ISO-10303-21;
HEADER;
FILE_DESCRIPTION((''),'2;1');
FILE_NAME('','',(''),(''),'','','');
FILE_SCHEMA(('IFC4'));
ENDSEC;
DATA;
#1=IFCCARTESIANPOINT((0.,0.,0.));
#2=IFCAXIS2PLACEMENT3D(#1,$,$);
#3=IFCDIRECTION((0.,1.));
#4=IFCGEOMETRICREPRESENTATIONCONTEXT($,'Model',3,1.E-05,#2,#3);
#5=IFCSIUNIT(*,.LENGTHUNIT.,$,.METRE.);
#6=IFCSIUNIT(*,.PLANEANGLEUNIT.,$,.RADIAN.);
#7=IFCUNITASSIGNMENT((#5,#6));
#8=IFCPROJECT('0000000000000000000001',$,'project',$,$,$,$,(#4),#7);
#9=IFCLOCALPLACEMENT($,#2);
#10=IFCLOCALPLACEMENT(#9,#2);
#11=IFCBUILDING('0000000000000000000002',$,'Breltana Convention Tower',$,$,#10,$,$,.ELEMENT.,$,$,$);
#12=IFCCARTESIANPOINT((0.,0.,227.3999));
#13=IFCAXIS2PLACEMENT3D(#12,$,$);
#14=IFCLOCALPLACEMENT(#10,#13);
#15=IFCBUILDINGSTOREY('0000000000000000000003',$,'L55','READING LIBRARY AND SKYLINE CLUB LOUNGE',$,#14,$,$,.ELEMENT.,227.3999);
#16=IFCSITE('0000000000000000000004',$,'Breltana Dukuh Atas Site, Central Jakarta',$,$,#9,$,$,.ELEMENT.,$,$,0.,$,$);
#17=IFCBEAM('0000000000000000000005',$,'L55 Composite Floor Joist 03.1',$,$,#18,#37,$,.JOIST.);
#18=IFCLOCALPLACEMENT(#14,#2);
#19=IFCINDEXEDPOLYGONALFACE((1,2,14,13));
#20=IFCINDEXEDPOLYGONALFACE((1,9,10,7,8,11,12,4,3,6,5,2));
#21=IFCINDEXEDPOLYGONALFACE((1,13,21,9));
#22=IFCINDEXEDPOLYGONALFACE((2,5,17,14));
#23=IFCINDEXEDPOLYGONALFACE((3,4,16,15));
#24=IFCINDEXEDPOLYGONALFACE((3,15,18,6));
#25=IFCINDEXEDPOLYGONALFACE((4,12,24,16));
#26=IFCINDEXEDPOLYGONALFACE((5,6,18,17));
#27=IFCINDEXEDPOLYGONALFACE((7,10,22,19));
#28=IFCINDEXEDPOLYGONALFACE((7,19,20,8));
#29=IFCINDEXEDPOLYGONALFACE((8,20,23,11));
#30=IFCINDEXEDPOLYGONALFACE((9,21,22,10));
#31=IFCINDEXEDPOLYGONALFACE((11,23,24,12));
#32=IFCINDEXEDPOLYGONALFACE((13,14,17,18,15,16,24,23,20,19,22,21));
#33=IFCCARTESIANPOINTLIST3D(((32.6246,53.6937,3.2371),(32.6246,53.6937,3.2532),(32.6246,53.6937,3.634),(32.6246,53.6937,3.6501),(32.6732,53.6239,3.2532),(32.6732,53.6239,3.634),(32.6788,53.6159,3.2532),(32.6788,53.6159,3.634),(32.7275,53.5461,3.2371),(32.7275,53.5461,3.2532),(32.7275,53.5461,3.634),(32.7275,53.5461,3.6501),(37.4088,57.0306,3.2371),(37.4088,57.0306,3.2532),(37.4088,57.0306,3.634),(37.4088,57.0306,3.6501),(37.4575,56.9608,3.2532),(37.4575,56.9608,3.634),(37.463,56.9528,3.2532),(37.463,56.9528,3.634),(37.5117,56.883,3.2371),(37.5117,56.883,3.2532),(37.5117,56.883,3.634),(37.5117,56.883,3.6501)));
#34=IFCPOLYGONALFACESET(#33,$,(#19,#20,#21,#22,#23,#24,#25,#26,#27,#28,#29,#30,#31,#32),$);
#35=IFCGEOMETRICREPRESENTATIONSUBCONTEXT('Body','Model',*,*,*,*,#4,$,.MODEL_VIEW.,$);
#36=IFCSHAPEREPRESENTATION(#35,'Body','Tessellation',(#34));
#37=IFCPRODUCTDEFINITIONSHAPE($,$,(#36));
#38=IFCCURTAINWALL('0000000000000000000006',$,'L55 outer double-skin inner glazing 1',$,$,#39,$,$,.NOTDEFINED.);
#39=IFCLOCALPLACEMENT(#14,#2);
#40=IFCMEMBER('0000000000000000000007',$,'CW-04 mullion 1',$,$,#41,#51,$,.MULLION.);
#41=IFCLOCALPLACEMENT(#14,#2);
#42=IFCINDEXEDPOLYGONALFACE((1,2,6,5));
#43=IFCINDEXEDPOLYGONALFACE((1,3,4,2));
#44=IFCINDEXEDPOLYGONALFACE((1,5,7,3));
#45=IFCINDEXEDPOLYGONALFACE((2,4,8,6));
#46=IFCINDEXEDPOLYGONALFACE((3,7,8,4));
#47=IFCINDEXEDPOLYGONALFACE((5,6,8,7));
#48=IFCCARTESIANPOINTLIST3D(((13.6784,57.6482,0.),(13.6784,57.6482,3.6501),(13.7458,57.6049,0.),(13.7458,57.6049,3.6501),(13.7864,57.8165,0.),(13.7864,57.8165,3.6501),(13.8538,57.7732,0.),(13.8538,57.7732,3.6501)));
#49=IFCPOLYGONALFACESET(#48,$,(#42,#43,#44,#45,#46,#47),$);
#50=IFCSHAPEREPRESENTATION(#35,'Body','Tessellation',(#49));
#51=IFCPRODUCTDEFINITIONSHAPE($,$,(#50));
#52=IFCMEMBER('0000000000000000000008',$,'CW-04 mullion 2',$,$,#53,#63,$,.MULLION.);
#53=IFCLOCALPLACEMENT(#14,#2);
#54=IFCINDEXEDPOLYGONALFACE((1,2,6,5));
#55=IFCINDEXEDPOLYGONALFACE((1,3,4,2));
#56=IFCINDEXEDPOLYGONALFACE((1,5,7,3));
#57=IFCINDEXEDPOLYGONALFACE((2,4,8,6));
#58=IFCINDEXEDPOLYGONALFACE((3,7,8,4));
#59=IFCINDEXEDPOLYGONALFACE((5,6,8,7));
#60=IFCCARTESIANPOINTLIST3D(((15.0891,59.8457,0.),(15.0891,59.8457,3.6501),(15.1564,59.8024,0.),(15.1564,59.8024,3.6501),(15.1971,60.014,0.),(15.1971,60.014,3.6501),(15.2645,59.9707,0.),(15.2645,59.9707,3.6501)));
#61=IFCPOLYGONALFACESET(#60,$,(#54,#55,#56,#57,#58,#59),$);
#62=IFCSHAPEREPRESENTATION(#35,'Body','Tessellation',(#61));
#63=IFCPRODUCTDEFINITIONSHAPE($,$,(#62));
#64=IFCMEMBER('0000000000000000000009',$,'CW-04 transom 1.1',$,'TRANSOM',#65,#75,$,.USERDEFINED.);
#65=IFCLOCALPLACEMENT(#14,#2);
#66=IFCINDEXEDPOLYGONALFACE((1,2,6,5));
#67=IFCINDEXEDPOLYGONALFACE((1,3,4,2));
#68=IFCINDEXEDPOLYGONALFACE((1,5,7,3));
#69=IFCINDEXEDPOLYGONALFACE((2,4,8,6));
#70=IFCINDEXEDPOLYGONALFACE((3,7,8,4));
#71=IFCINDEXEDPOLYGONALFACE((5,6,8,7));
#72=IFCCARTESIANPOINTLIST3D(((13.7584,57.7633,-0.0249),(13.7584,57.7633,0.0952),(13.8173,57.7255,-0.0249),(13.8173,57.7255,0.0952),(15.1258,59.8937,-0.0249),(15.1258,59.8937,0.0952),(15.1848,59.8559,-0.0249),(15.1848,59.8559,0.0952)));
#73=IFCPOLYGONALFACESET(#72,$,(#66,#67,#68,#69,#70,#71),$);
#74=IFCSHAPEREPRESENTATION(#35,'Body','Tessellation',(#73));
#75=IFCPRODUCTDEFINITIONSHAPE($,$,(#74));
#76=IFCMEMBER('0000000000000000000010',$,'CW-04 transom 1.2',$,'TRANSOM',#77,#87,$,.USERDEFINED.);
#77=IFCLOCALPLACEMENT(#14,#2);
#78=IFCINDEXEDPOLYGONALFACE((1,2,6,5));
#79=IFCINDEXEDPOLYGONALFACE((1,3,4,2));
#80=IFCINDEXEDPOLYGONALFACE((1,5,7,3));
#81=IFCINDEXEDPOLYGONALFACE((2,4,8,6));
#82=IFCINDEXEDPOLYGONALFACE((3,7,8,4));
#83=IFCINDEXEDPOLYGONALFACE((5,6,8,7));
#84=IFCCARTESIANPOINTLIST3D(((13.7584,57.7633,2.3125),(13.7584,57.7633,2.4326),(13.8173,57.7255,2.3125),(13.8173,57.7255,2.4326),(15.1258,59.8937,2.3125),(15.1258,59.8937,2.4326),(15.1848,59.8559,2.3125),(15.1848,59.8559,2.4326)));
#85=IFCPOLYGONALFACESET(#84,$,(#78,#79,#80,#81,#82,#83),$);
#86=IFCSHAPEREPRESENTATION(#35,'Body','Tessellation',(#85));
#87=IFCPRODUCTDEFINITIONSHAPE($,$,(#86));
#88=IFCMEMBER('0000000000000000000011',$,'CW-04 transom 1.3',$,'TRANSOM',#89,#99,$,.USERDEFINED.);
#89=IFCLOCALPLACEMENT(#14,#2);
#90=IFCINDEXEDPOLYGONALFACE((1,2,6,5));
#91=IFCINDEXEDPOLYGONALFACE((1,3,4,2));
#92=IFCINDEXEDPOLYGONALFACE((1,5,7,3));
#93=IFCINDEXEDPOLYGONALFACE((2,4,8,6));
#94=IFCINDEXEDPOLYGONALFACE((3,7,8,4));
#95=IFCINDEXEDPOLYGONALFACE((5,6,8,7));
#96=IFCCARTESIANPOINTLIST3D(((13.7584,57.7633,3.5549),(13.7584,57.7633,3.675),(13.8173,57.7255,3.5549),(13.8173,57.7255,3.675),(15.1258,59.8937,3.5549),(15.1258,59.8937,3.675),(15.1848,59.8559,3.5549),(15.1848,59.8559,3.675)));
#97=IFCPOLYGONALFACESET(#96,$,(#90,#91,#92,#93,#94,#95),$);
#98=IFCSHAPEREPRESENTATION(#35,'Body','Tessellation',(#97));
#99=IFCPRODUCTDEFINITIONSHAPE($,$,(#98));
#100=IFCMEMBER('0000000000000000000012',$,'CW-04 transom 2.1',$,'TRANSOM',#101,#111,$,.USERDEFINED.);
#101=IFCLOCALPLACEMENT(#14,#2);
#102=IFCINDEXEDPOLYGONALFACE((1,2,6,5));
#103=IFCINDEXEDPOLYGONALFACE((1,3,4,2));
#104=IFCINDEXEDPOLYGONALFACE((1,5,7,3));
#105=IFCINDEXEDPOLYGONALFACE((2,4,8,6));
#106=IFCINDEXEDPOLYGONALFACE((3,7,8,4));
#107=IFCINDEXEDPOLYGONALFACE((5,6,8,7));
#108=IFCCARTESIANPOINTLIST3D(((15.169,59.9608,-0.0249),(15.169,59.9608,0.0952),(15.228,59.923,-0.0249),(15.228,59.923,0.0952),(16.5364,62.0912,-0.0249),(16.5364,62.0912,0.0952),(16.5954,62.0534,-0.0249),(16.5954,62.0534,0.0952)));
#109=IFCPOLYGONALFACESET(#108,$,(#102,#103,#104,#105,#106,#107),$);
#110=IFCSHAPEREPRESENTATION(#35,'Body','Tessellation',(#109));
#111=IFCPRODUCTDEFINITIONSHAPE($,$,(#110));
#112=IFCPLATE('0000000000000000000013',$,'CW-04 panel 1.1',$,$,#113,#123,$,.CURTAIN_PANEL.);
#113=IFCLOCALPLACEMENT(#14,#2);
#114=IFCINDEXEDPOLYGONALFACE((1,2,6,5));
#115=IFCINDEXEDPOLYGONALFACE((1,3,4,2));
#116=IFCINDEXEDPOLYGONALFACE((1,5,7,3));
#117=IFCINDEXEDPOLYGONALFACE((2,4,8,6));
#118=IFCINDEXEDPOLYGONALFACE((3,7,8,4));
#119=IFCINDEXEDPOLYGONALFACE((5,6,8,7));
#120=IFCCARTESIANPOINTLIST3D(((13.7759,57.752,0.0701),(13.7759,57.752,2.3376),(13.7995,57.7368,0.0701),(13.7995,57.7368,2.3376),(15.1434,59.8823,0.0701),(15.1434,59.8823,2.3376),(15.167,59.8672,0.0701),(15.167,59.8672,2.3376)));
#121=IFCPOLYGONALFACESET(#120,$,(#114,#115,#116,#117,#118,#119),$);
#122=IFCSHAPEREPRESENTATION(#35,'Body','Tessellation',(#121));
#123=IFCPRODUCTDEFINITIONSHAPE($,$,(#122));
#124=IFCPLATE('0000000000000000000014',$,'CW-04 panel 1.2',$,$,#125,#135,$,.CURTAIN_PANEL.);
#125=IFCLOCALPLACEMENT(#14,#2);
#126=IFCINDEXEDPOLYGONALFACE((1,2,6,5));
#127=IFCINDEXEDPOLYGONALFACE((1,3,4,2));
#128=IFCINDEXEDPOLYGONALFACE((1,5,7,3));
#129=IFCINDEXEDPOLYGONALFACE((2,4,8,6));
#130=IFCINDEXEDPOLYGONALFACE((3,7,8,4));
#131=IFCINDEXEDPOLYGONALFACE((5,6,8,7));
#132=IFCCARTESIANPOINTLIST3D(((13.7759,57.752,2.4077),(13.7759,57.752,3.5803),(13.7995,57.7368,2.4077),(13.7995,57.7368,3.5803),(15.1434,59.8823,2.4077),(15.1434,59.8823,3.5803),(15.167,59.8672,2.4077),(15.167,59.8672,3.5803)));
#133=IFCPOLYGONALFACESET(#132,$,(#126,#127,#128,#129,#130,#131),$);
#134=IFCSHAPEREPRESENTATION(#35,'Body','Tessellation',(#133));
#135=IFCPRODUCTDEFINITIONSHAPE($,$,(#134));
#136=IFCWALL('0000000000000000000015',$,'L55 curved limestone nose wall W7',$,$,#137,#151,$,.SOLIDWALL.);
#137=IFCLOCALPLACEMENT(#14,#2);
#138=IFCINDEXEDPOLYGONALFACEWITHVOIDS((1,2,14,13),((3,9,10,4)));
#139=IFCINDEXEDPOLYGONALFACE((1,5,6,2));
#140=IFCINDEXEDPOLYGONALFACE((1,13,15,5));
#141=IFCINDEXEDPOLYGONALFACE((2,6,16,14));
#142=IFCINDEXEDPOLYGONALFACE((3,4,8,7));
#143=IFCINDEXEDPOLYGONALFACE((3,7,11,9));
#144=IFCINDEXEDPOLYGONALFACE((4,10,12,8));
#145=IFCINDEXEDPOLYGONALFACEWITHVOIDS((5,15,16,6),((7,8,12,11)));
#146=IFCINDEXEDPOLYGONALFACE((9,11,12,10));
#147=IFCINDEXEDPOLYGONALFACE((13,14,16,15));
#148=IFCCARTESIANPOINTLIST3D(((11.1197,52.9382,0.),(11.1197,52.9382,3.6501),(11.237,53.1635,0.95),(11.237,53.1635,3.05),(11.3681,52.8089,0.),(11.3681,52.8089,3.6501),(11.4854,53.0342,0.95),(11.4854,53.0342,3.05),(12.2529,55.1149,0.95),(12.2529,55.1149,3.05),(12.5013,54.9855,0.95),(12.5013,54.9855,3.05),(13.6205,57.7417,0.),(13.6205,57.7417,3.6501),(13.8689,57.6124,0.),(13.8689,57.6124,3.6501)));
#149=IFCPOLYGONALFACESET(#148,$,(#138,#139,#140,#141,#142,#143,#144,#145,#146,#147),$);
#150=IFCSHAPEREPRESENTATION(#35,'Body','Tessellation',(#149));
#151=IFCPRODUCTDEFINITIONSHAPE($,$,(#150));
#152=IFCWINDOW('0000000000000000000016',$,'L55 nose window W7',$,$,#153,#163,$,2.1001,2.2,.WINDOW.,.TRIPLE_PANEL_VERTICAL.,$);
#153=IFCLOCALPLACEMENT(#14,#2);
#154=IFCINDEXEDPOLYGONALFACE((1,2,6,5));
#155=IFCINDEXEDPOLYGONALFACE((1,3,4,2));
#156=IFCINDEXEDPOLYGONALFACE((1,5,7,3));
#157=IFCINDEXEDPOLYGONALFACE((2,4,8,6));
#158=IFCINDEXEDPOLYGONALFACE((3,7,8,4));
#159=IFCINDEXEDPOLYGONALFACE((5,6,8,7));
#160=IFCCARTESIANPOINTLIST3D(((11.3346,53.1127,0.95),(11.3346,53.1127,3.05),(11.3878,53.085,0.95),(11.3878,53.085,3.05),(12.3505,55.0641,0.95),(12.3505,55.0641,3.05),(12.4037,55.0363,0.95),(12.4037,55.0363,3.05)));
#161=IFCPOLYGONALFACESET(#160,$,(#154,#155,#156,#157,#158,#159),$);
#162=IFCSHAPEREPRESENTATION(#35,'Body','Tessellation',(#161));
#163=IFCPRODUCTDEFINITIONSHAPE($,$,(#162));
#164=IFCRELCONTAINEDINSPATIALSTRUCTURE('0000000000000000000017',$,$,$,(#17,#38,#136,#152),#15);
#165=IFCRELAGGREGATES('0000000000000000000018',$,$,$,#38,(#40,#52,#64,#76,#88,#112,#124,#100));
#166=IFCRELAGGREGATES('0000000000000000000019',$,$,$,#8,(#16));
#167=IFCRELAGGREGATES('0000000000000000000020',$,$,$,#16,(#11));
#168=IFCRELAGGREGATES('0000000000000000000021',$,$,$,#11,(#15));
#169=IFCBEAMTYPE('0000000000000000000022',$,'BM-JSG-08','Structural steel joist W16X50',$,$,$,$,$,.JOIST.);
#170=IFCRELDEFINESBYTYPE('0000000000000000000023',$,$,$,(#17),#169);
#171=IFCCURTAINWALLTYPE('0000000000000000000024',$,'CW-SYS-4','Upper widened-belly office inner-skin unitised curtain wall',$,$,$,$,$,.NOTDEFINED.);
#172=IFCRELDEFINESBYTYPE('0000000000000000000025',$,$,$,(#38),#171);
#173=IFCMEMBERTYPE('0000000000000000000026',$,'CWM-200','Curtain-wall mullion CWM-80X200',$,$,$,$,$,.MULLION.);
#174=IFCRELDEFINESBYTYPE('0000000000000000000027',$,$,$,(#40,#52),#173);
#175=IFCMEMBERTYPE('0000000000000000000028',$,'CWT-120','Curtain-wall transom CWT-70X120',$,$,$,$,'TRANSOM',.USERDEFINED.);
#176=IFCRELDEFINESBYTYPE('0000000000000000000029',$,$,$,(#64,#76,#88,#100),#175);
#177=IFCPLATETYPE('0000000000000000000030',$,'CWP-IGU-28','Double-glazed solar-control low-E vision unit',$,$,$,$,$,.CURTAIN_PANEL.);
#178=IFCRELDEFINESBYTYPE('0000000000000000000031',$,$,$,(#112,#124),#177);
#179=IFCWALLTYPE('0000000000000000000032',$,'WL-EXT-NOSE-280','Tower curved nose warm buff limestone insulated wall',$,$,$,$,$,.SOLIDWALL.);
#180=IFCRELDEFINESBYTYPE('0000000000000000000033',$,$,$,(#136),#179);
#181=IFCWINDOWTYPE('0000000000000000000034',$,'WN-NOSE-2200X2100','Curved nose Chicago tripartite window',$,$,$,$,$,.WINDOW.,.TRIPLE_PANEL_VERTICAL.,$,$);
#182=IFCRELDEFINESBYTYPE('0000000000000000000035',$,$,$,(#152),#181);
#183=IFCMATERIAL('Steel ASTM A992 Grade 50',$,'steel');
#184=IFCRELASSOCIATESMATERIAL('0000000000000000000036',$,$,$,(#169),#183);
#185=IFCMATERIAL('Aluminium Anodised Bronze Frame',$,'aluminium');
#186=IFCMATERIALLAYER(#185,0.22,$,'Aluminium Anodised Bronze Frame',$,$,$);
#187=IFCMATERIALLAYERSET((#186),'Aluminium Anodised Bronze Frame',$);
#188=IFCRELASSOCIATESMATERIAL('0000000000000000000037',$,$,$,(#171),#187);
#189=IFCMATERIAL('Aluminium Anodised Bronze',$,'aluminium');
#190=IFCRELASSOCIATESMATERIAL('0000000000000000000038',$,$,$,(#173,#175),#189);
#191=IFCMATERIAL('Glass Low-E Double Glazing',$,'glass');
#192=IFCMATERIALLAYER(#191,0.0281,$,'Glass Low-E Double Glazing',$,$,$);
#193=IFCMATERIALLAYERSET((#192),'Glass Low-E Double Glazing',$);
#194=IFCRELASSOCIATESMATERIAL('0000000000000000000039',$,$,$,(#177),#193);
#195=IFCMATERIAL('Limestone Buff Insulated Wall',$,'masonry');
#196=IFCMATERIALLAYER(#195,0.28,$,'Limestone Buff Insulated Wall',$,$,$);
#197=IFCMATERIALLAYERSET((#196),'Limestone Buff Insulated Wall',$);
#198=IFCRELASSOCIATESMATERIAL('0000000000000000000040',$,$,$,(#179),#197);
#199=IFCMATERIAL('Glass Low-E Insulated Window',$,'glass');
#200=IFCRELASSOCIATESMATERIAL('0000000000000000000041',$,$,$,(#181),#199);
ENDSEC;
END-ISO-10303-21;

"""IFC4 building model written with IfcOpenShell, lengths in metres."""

from ifc_helpers import new_model, si_unit, direction, frame, frame_2d, origin, origin_2d, place, context, subcontext, project, spatial, rectangle, i_section, extrude, source, transform, mapped, material, layer, layer_set, material_profile, profile_set, type_object, type_shapes, element, fill, aggregate, save


model = new_model("IFC4")

# Units and contexts
model_context = context("Model", 3, precision=1e-05, world=origin(), true_north=direction((0.0, 1.0)))
body_context = subcontext(model_context, "Body", "Model", "MODEL_VIEW")
ifc_project = project(units=[si_unit("LENGTHUNIT", "METRE"), si_unit("PLANEANGLEUNIT", "RADIAN")], contexts=[model_context])

# Site, building, storey
site_placement = place(None, origin())
site = spatial("IfcSite", under=ifc_project, at=site_placement, Name="Breltana Dukuh Atas Site, Central Jakarta", CompositionType="ELEMENT", RefElevation=0.0)
building_placement = place(site_placement, origin())
building = spatial("IfcBuilding", under=site, at=building_placement, Name="Breltana Convention Tower", CompositionType="ELEMENT")
storey_placement = place(building_placement, frame((0.0, 0.0, 227.3999)))
storey = spatial("IfcBuildingStorey", under=building, at=storey_placement, Name="L55", Description="READING LIBRARY AND SKYLINE CLUB LOUNGE", CompositionType="ELEMENT", Elevation=227.3999)

# Beam
ifc_material_1 = material(Name="Steel ASTM A992 Grade 50", Category="steel")
ifc_material_profile_1 = material_profile(ifc_material_1, i_section(OverallWidth=0.1799, OverallDepth=0.4131, WebThickness=0.0098, FlangeThickness=0.0161, at=origin_2d()), Name="W16X50")
ifc_profile_set_1 = profile_set([ifc_material_profile_1], Name="Steel ASTM A992 Grade 50")
beam_type_1 = type_object("IfcBeamType", Name="BM-JSG-08", Description="Structural steel joist W16X50", PredefinedType="JOIST", material=ifc_profile_set_1)
shared_shape_1 = source(origin(), body_context, "Body", "SweptSolid", [
    extrude(i_section(OverallWidth=0.1799, OverallDepth=0.4131, WebThickness=0.0098, FlangeThickness=0.0161, at=origin_2d()), origin(), (0.0, 0.0, 1.0), 5.833),
])
beam_1_placement = place(storey_placement, frame((32.676, 53.6199, 3.4436), z_axis=(0.820198, 0.572079, 0.0), x_axis=(-0.572079, 0.820198, 0.0)))
element("IfcBeam", 1, at=beam_1_placement, inside=storey, type_object=beam_type_1, Name="L55 Composite Floor Joist 03.1", PredefinedType="JOIST", context=body_context, shape_type="MappedRepresentation", body=[
    mapped(shared_shape_1, transform((0.0, 0.0, 0.0), scale=1.0)),
])

# Curtain wall, members, plates
ifc_material_2 = material(Name="Aluminium Anodised Bronze Frame", Category="aluminium")
ifc_layer_1 = layer(ifc_material_2, 0.22, Name="Aluminium Anodised Bronze Frame")
ifc_layer_set_1 = layer_set([ifc_layer_1], Name="Aluminium Anodised Bronze Frame")
curtain_wall_type = type_object("IfcCurtainWallType", Name="CW-SYS-4", Description="Upper widened-belly office inner-skin unitised curtain wall", PredefinedType="NOTDEFINED", material=ifc_layer_set_1)
curtain_wall_placement = place(storey_placement, origin())
curtain_wall = element("IfcCurtainWall", 2, at=curtain_wall_placement, inside=storey, type_object=curtain_wall_type, Name="L55 outer double-skin inner glazing 1", PredefinedType="NOTDEFINED")
ifc_material_3 = material(Name="Aluminium Anodised Bronze", Category="aluminium")
ifc_material_profile_2 = material_profile(ifc_material_3, rectangle(XDim=0.0801, YDim=0.2, at=origin_2d()), Name="CWM-80X200")
ifc_profile_set_2 = profile_set([ifc_material_profile_2], Name="Aluminium Anodised Bronze")
member_type_1 = type_object("IfcMemberType", Name="CWM-200", Description="Curtain-wall mullion CWM-80X200", PredefinedType="MULLION", material=ifc_profile_set_2)
shared_shape_2 = source(origin(), body_context, "Body", "SweptSolid", [
    extrude(rectangle(XDim=0.0801, YDim=0.2, at=origin_2d()), origin(), (0.0, 0.0, 1.0), 3.6501),
])
member_1_placement = place(storey_placement, frame((13.7661, 57.7107, 0.0), z_axis=(0.0, 0.0, 1.0), x_axis=(-0.841548, 0.540182, 0.0)))
member_1 = element("IfcMember", 3, at=member_1_placement, type_object=member_type_1, Name="CW-04 mullion 1", PredefinedType="MULLION", context=body_context, shape_type="MappedRepresentation", body=[
    mapped(shared_shape_2, transform((0.0, 0.0, 0.0), scale=1.0)),
])
member_2_placement = place(storey_placement, frame((15.1768, 59.9082, 0.0), z_axis=(0.0, 0.0, 1.0), x_axis=(-0.841548, 0.540182, 0.0)))
member_2 = element("IfcMember", 4, at=member_2_placement, type_object=member_type_1, Name="CW-04 mullion 2", PredefinedType="MULLION", context=body_context, shape_type="MappedRepresentation", body=[
    mapped(shared_shape_2, transform((0.0, 0.0, 0.0), scale=1.0)),
])
ifc_material_profile_3 = material_profile(ifc_material_3, rectangle(XDim=0.0701, YDim=0.1201, at=origin_2d()), Name="CWT-70X120")
ifc_profile_set_3 = profile_set([ifc_material_profile_3], Name="Aluminium Anodised Bronze")
member_type_2 = type_object("IfcMemberType", Name="CWT-120", Description="Curtain-wall transom CWT-70X120", ElementType="TRANSOM", PredefinedType="USERDEFINED", material=ifc_profile_set_3)
shared_shape_3 = source(origin(), body_context, "Body", "SweptSolid", [
    extrude(rectangle(XDim=0.0701, YDim=0.1201, at=origin_2d()), origin(), (0.0, 0.0, 1.0), 2.5315),
])
member_3_placement = place(storey_placement, frame((13.7878, 57.7444, 0.0352), z_axis=(0.540173, 0.841554, 0.0), x_axis=(-0.841554, 0.540173, 0.0)))
member_3 = element("IfcMember", 5, at=member_3_placement, type_object=member_type_2, Name="CW-04 transom 1.1", ObjectType="TRANSOM", PredefinedType="USERDEFINED", context=body_context, shape_type="MappedRepresentation", body=[
    mapped(shared_shape_3, transform((0.0, 0.0, 0.0), scale=1.0)),
])
member_4_placement = place(storey_placement, frame((13.7878, 57.7444, 2.3726), z_axis=(0.540173, 0.841554, 0.0), x_axis=(-0.841554, 0.540173, 0.0)))
member_4 = element("IfcMember", 6, at=member_4_placement, type_object=member_type_2, Name="CW-04 transom 1.2", ObjectType="TRANSOM", PredefinedType="USERDEFINED", context=body_context, shape_type="MappedRepresentation", body=[
    mapped(shared_shape_3, transform((0.0, 0.0, 0.0), scale=1.0)),
])
member_5_placement = place(storey_placement, frame((13.7878, 57.7444, 3.615), z_axis=(0.540173, 0.841554, 0.0), x_axis=(-0.841554, 0.540173, 0.0)))
member_5 = element("IfcMember", 7, at=member_5_placement, type_object=member_type_2, Name="CW-04 transom 1.3", ObjectType="TRANSOM", PredefinedType="USERDEFINED", context=body_context, shape_type="MappedRepresentation", body=[
    mapped(shared_shape_3, transform((0.0, 0.0, 0.0), scale=1.0)),
])
member_6_placement = place(storey_placement, frame((15.1985, 59.9419, 0.0352), z_axis=(0.540173, 0.841554, 0.0), x_axis=(-0.841554, 0.540173, 0.0)))
member_6 = element("IfcMember", 8, at=member_6_placement, type_object=member_type_2, Name="CW-04 transom 2.1", ObjectType="TRANSOM", PredefinedType="USERDEFINED", context=body_context, shape_type="MappedRepresentation", body=[
    mapped(shared_shape_3, transform((0.0, 0.0, 0.0), scale=1.0)),
])
ifc_material_4 = material(Name="Glass Low-E Double Glazing", Category="glass")
ifc_layer_2 = layer(ifc_material_4, 0.0281, Name="Glass Low-E Double Glazing")
ifc_layer_set_2 = layer_set([ifc_layer_2], Name="Glass Low-E Double Glazing")
plate_type = type_object("IfcPlateType", Name="CWP-IGU-28", Description="Double-glazed solar-control low-E vision unit", PredefinedType="CURTAIN_PANEL", material=ifc_layer_set_2)
shared_shape_4 = source(origin(), body_context, "Body", "SweptSolid", [
    extrude(rectangle(XDim=2.5315, YDim=0.0281, at=origin_2d()), origin(), (0.0, 0.0, 1.0), 2.2676),
])
plate_1_placement = place(storey_placement, frame((14.4714, 58.8096, 0.0701), z_axis=(0.0, 0.0, 1.0), x_axis=(0.540182, 0.841548, 0.0)))
plate_1 = element("IfcPlate", 9, at=plate_1_placement, type_object=plate_type, Name="CW-04 panel 1.1", PredefinedType="CURTAIN_PANEL", context=body_context, shape_type="MappedRepresentation", body=[
    mapped(shared_shape_4, transform((0.0, 0.0, 0.0), scale=1.0)),
])
shared_shape_5 = source(origin(), body_context, "Body", "SweptSolid", [
    extrude(rectangle(XDim=2.5315, YDim=0.0281, at=origin_2d()), origin(), (0.0, 0.0, 1.0), 1.1726),
])
plate_2_placement = place(storey_placement, frame((14.4714, 58.8096, 2.4077), z_axis=(0.0, 0.0, 1.0), x_axis=(0.540182, 0.841548, 0.0)))
plate_2 = element("IfcPlate", 10, at=plate_2_placement, type_object=plate_type, Name="CW-04 panel 1.2", PredefinedType="CURTAIN_PANEL", context=body_context, shape_type="MappedRepresentation", body=[
    mapped(shared_shape_5, transform((0.0, 0.0, 0.0), scale=1.0)),
])
aggregate(curtain_wall, [member_1, member_2, member_3, member_4, member_5, plate_1, plate_2, member_6])

# Wall, opening, window
ifc_material_5 = material(Name="Limestone Buff Insulated Wall", Category="masonry")
ifc_layer_3 = layer(ifc_material_5, 0.28, Name="Limestone Buff Insulated Wall")
ifc_layer_set_3 = layer_set([ifc_layer_3], Name="Limestone Buff Insulated Wall")
wall_type = type_object("IfcWallType", Name="WL-EXT-NOSE-280", Description="Tower curved nose warm buff limestone insulated wall", PredefinedType="SOLIDWALL", material=ifc_layer_set_3)
shared_shape_6 = source(origin(), body_context, "Body", "SweptSolid", [
    extrude(rectangle(XDim=5.4155, YDim=0.28, at=frame_2d((2.7078, 0.0))), origin(), (0.0, 0.0, 1.0), 3.6501),
])
wall_placement = place(storey_placement, frame((11.2439, 52.8735, 0.0), z_axis=(0.0, 0.0, 1.0), x_axis=(0.461779, 0.886995, 0.0)))
wall = element("IfcWall", 11, at=wall_placement, inside=storey, type_object=wall_type, Name="L55 curved limestone nose wall W7", PredefinedType="SOLIDWALL", context=body_context, shape_type="MappedRepresentation", body=[
    mapped(shared_shape_6, transform((0.0, 0.0, 0.0), scale=1.0)),
])
opening_placement = place(wall_placement, frame((0.2539, 0.0, 0.95)))
opening = element("IfcOpeningElement", 12, at=opening_placement, cuts=wall, PredefinedType="OPENING", context=body_context, shape_type="SweptSolid", body=[
    extrude(rectangle(XDim=2.2, YDim=2.1001, at=frame_2d((1.1001, 1.05))), frame((0.0, 0.1499, 0.0), z_axis=(0.0, -1.0, 0.0), x_axis=(1.0, 0.0, 0.0)), (0.0, 0.0, 1.0), 0.3),
])
ifc_material_6 = material(Name="Glass Low-E Insulated Window", Category="glass")
window_type = type_object("IfcWindowType", Name="WN-NOSE-2200X2100", Description="Curved nose Chicago tripartite window", PartitioningType="TRIPLE_PANEL_VERTICAL", PredefinedType="WINDOW", material=ifc_material_6)
shared_shape_7 = source(origin(), body_context, "Body", "SweptSolid", [
    extrude(rectangle(XDim=2.2, YDim=2.1001, at=frame_2d((1.1001, 1.05))), frame((0.0, 0.03, 0.0), z_axis=(0.0, -1.0, 0.0), x_axis=(1.0, 0.0, 0.0)), (0.0, 0.0, 1.0), 0.0601),
])
type_shapes(window_type, [shared_shape_7])
window_placement = place(opening_placement, origin())
window = element("IfcWindow", 13, at=window_placement, inside=storey, type_object=window_type, Name="L55 nose window W7", OverallHeight=2.1001, OverallWidth=2.2, PartitioningType="TRIPLE_PANEL_VERTICAL", PredefinedType="WINDOW", context=body_context, shape_type="MappedRepresentation", body=[
    mapped(shared_shape_7, transform((0.0, 0.0, 0.0), scale=1.0)),
])
fill(opening, window)

save(model, "model.ifc")
